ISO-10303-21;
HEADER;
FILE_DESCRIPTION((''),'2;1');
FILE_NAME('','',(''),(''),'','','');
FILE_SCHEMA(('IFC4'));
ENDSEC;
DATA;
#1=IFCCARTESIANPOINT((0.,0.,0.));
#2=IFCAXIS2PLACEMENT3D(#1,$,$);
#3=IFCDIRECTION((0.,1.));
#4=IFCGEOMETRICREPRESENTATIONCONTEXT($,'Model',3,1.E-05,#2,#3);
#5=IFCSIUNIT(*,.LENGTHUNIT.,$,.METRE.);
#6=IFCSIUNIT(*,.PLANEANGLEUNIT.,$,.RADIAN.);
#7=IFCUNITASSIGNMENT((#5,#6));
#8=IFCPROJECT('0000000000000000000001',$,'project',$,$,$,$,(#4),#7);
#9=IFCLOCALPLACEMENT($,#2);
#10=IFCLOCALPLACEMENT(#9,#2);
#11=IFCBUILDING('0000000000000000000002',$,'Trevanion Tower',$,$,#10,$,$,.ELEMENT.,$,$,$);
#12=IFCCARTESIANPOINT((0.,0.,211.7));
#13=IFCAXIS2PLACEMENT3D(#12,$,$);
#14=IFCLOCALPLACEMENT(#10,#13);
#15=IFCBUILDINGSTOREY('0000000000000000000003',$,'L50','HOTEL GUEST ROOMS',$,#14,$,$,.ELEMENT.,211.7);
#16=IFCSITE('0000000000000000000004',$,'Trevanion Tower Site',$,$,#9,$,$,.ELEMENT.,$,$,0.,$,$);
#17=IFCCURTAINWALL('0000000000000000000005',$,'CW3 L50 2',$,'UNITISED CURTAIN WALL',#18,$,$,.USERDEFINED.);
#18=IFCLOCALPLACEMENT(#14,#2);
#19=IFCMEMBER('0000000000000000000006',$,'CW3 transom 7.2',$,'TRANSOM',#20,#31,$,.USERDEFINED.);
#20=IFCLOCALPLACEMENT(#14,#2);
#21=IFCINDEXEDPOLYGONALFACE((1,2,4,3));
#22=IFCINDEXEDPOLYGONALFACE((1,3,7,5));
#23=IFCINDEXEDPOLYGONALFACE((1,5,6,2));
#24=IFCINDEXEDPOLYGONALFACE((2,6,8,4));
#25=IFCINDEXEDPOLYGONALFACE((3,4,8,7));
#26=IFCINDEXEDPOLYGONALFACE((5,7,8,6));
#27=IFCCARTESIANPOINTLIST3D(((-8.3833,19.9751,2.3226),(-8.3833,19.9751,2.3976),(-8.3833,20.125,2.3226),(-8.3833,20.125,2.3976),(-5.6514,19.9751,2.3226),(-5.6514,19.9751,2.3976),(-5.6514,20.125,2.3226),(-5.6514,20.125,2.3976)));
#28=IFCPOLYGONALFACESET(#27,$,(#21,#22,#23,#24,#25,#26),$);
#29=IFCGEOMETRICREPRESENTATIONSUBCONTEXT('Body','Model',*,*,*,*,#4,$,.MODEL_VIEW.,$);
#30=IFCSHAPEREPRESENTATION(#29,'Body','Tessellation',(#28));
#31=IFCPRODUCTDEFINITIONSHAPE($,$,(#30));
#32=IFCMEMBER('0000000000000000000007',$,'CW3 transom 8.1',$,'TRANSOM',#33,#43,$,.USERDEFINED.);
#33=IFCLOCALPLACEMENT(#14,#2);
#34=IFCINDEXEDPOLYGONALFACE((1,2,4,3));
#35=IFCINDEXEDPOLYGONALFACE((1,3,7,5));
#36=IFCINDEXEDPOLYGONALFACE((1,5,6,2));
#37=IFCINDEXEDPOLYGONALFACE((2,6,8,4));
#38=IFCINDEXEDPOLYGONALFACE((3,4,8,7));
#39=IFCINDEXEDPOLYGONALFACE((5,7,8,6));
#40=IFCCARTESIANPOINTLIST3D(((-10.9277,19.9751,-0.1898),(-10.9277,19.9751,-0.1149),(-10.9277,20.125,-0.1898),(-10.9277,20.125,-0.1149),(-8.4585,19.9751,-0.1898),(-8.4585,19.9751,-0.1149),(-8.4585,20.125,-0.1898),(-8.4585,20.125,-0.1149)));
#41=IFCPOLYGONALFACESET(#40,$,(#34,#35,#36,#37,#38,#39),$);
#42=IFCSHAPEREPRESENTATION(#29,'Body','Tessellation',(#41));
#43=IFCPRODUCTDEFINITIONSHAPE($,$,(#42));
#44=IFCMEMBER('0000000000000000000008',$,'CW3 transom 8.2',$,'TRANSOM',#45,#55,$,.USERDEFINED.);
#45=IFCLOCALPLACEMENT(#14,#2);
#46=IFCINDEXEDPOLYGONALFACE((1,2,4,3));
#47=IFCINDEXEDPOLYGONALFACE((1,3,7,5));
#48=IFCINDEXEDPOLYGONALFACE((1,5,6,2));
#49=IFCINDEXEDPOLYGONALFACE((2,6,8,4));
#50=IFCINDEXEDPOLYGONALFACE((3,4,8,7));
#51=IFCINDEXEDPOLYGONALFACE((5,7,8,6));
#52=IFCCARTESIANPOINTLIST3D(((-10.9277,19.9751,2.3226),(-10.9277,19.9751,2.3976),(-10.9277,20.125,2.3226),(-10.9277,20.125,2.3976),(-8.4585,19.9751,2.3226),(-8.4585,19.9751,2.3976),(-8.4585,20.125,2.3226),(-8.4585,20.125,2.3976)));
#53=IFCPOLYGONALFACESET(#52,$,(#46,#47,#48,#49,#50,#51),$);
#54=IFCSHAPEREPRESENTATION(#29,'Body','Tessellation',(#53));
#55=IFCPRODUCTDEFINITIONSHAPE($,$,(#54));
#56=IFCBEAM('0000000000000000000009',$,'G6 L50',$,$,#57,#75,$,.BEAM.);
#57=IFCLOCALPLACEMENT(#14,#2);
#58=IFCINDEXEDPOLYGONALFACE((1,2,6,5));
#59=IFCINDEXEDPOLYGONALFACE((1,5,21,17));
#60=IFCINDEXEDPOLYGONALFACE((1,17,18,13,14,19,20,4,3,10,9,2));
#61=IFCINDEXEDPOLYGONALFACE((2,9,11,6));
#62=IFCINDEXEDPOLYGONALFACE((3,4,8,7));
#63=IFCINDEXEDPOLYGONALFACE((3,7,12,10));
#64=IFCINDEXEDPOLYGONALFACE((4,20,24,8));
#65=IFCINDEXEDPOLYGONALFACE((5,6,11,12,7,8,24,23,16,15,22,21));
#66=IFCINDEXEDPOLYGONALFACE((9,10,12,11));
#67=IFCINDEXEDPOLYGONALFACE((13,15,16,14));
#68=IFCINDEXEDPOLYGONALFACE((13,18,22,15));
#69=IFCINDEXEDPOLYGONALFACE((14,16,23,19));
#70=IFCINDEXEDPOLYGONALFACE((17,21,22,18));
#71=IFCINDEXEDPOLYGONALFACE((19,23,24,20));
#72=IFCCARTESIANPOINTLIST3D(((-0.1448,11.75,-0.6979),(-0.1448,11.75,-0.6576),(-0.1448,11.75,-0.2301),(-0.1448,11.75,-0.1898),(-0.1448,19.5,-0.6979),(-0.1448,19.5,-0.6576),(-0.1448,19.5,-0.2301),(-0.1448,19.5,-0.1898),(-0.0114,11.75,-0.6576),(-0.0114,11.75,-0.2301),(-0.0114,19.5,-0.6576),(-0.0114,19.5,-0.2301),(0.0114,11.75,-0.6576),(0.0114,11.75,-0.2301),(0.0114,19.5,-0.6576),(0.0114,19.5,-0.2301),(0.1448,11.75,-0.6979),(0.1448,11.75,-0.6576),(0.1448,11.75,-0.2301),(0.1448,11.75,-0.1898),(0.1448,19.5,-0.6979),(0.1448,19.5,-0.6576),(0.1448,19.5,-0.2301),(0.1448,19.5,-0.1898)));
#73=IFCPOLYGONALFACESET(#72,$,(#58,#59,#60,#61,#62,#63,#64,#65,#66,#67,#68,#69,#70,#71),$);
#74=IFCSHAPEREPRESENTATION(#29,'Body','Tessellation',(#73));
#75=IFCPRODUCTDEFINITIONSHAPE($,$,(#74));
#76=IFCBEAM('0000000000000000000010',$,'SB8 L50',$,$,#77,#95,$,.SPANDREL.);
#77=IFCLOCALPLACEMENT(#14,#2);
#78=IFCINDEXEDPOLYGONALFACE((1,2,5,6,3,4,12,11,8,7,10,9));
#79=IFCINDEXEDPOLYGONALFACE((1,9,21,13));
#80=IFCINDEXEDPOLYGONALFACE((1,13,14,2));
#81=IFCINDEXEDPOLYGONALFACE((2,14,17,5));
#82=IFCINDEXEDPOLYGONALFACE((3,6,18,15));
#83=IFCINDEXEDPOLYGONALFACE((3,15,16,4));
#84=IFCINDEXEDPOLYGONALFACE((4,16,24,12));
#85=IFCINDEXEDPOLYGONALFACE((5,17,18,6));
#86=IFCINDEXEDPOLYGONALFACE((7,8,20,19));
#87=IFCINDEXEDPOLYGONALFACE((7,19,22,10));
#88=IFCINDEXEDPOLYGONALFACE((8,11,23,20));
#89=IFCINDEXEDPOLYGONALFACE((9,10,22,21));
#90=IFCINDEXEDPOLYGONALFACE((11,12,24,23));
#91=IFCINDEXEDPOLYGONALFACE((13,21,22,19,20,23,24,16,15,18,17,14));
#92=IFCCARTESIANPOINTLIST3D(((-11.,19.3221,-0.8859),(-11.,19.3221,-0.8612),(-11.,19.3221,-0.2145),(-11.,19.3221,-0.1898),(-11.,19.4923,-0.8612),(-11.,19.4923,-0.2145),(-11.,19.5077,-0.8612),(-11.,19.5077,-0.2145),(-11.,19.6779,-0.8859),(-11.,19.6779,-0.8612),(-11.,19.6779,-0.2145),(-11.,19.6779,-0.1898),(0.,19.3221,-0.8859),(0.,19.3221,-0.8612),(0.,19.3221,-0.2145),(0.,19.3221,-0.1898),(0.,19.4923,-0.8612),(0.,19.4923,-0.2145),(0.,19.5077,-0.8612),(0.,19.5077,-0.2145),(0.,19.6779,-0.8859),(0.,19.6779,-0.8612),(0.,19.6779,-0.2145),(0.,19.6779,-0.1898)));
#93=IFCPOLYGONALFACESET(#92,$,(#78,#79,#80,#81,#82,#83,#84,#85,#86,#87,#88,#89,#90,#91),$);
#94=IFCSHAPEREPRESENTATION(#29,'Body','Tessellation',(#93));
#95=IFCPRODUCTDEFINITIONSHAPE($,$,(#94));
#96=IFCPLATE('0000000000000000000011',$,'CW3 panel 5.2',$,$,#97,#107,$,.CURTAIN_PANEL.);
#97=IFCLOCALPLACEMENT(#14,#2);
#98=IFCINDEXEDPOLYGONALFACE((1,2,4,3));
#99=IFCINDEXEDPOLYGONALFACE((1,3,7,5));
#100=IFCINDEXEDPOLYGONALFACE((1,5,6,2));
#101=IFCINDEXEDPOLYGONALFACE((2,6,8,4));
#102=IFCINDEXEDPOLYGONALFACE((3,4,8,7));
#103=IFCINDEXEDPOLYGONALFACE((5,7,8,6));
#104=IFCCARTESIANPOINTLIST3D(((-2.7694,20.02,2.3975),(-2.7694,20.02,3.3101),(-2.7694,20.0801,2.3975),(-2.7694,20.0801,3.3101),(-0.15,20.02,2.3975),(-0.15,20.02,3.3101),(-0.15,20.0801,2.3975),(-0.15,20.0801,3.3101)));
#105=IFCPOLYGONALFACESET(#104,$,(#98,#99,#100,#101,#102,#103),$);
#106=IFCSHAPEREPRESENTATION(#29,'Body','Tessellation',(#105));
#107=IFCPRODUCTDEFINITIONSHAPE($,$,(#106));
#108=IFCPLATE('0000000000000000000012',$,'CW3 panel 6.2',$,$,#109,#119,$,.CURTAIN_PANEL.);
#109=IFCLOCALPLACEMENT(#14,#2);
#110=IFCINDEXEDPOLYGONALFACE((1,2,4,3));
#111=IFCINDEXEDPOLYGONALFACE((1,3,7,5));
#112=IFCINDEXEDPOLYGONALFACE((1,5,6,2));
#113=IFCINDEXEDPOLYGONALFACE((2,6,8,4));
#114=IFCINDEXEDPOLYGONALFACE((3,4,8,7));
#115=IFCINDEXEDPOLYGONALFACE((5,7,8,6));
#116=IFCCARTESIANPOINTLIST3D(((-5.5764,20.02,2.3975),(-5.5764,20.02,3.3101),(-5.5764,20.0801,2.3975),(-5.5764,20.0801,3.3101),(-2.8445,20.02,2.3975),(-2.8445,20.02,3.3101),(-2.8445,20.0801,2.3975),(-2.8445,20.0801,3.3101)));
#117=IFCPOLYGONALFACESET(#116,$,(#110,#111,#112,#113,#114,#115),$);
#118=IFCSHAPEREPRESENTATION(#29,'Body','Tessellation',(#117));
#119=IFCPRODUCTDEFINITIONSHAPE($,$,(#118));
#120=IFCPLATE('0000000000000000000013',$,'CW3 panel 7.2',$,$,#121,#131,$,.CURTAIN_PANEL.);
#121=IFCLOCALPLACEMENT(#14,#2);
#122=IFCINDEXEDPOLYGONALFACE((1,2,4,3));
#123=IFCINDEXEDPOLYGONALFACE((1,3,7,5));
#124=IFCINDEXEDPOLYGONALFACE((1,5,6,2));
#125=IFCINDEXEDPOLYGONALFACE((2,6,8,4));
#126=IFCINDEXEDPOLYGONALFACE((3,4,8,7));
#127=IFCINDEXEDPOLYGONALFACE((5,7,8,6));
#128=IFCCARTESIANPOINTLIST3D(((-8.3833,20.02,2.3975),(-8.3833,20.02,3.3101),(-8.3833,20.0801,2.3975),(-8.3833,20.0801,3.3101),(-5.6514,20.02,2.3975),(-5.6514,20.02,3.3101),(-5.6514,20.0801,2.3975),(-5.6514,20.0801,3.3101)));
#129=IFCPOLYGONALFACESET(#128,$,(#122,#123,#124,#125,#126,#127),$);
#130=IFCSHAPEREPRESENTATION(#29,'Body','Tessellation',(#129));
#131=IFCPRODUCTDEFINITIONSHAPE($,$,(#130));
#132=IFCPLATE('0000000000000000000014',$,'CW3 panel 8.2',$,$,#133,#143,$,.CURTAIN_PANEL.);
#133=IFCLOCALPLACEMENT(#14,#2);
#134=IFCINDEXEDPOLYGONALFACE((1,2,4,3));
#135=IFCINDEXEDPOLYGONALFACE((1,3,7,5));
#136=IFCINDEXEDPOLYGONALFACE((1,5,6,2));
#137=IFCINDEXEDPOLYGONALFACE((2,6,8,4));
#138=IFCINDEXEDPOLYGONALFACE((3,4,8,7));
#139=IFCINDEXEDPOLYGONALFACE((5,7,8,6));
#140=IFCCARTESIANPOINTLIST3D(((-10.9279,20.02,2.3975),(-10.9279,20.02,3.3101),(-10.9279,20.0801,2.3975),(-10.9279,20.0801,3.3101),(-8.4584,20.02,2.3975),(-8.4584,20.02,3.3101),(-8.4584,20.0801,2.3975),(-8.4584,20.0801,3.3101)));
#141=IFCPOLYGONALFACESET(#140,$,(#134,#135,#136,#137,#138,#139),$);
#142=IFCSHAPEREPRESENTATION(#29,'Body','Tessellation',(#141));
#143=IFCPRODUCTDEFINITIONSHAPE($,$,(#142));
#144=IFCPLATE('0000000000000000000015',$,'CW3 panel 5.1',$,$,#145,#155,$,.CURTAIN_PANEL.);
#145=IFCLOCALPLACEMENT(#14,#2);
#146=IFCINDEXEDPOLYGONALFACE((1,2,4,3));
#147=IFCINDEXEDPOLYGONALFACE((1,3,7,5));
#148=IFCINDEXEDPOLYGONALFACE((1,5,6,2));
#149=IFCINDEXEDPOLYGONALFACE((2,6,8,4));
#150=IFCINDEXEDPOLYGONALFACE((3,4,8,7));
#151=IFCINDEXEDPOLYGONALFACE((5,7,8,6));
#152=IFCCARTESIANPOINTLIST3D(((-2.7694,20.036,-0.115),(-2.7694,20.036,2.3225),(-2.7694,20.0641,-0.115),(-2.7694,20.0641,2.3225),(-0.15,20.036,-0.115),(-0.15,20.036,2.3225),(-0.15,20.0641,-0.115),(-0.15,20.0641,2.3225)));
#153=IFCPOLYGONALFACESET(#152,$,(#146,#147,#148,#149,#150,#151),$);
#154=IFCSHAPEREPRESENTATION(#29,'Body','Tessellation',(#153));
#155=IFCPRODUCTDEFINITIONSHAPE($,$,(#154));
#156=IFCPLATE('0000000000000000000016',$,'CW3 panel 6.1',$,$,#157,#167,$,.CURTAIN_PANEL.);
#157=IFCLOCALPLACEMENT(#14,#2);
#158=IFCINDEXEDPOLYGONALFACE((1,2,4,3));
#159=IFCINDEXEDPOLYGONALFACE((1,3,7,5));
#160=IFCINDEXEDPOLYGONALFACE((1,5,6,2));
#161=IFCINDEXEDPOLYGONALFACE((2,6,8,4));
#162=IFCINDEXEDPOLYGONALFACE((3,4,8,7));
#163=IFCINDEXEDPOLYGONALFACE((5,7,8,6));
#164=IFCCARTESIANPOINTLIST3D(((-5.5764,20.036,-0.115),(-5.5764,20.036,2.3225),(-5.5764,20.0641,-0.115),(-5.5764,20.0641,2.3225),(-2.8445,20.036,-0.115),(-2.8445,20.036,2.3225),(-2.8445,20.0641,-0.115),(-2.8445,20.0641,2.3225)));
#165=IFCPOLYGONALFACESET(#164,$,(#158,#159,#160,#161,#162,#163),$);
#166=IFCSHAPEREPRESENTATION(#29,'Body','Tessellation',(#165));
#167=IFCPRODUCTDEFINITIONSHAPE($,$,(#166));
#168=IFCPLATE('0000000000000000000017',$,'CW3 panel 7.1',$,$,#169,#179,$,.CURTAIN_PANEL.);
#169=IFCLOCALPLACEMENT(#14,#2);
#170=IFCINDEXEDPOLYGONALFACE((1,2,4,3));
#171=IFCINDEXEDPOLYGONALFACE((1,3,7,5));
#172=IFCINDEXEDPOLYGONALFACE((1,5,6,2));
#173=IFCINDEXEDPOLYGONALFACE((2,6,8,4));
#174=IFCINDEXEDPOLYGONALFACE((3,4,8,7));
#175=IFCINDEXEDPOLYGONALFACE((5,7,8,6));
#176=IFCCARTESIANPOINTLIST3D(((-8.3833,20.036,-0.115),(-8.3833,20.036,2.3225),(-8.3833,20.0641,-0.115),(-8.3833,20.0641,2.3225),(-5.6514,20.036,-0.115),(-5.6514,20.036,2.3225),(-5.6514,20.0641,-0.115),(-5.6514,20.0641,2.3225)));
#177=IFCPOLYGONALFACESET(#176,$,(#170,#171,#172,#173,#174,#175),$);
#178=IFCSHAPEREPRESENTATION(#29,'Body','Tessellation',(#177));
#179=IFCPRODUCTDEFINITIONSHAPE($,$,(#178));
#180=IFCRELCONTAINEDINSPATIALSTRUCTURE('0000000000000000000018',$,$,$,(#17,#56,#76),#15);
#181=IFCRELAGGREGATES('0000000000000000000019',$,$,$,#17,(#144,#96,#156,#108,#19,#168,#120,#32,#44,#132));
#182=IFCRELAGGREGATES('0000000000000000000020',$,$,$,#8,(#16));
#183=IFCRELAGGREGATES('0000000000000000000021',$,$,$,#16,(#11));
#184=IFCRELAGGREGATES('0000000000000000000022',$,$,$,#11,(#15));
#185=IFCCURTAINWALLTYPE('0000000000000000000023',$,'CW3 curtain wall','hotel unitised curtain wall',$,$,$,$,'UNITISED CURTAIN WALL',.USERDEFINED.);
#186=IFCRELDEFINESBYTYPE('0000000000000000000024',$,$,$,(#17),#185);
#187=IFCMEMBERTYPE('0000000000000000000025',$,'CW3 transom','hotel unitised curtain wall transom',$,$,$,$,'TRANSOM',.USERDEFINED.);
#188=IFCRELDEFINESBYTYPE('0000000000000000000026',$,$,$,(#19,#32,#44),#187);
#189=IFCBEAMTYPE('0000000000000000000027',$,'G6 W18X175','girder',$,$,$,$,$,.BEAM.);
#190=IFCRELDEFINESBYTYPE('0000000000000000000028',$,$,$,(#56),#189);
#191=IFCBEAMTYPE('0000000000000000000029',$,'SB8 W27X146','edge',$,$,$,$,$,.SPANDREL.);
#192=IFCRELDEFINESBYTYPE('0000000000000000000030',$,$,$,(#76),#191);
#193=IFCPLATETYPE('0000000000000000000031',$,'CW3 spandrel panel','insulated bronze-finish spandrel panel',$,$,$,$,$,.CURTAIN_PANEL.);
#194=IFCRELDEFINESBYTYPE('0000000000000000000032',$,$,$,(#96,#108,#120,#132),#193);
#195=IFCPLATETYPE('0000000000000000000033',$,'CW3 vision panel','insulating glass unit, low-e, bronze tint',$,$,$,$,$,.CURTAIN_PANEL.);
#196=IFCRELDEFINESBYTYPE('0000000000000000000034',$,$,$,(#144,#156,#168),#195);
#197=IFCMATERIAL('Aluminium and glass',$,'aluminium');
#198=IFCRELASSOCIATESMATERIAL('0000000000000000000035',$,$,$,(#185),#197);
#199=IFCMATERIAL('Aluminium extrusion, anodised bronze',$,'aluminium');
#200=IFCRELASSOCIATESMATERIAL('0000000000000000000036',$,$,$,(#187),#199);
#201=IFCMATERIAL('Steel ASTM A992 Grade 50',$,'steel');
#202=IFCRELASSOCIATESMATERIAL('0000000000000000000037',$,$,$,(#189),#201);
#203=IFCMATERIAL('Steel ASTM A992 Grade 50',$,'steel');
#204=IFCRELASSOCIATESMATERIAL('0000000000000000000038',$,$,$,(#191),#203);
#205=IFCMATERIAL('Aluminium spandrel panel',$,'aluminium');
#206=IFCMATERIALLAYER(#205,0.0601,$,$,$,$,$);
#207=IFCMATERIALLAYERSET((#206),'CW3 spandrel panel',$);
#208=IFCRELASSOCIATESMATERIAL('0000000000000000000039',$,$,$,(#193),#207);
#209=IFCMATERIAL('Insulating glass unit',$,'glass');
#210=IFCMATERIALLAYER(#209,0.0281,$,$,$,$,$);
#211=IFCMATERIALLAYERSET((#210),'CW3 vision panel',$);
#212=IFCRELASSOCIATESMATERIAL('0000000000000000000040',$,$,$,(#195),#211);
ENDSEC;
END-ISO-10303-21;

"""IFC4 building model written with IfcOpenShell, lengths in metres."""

from ifc_helpers import new_model, si_unit, direction, frame, origin, origin_2d, place, context, subcontext, project, spatial, rectangle, i_section, extrude, material, layer, layer_set, material_profile, profile_set, type_object, element, aggregate, save


model = new_model("IFC4")

# Units and contexts
model_context = context("Model", 3, precision=1e-05, world=origin(), true_north=direction((0.0, 1.0)))
body_context = subcontext(model_context, "Body", "Model", "MODEL_VIEW")
ifc_project = project(units=[si_unit("LENGTHUNIT", "METRE"), si_unit("PLANEANGLEUNIT", "RADIAN")], contexts=[model_context])

# Site, building, storey
site_placement = place(None, origin())
site = spatial("IfcSite", under=ifc_project, at=site_placement, Name="Trevanion Tower Site", CompositionType="ELEMENT", RefElevation=0.0)
building_placement = place(site_placement, origin())
building = spatial("IfcBuilding", under=site, at=building_placement, Name="Trevanion Tower", CompositionType="ELEMENT")
storey_placement = place(building_placement, frame((0.0, 0.0, 211.7)))
storey = spatial("IfcBuildingStorey", under=building, at=storey_placement, Name="L50", Description="HOTEL GUEST ROOMS", CompositionType="ELEMENT", Elevation=211.7)

# Curtain wall, members
ifc_material_1 = material(Name="Aluminium and glass", Category="aluminium")
curtain_wall_type = type_object("IfcCurtainWallType", Name="CW3 curtain wall", Description="hotel unitised curtain wall", ElementType="UNITISED CURTAIN WALL", PredefinedType="USERDEFINED", material=ifc_material_1)
curtain_wall_placement = place(storey_placement, origin())
curtain_wall = element("IfcCurtainWall", 1, at=curtain_wall_placement, inside=storey, type_object=curtain_wall_type, Name="CW3 L50 2", ObjectType="UNITISED CURTAIN WALL", PredefinedType="USERDEFINED")
ifc_material_2 = material(Name="Aluminium extrusion, anodised bronze", Category="aluminium")
ifc_material_profile_1 = material_profile(ifc_material_2, rectangle(XDim=0.1499, YDim=0.075, at=origin_2d()), Name="CW3 transom")
ifc_profile_set_1 = profile_set([ifc_material_profile_1], Name="Aluminium extrusion, anodised bronze")
member_type_1 = type_object("IfcMemberType", Name="CW3 transom", Description="hotel unitised curtain wall transom", ElementType="TRANSOM", PredefinedType="USERDEFINED", material=ifc_profile_set_1)
member_1_placement = place(storey_placement, frame((-5.6514, 20.05, 2.3601), z_axis=(-1.0, 0.0, 0.0), x_axis=(0.0, -1.0, 0.0)))
member_1 = element("IfcMember", 2, at=member_1_placement, type_object=member_type_1, Name="CW3 transom 7.2", ObjectType="TRANSOM", PredefinedType="USERDEFINED", context=body_context, shape_type="SweptSolid", body=[
    extrude(rectangle(XDim=0.1499, YDim=0.075, at=origin_2d()), origin(), (0.0, 0.0, 1.0), 2.7319),
])
member_2_placement = place(storey_placement, frame((-8.4585, 20.05, -0.1523), z_axis=(-1.0, 0.0, 0.0), x_axis=(0.0, -1.0, 0.0)))
member_2 = element("IfcMember", 3, at=member_2_placement, type_object=member_type_1, Name="CW3 transom 8.1", ObjectType="TRANSOM", PredefinedType="USERDEFINED", context=body_context, shape_type="SweptSolid", body=[
    extrude(rectangle(XDim=0.1499, YDim=0.075, at=origin_2d()), origin(), (0.0, 0.0, 1.0), 2.4692),
])
member_3_placement = place(storey_placement, frame((-8.4585, 20.05, 2.3601), z_axis=(-1.0, 0.0, 0.0), x_axis=(0.0, -1.0, 0.0)))
member_3 = element("IfcMember", 4, at=member_3_placement, type_object=member_type_1, Name="CW3 transom 8.2", ObjectType="TRANSOM", PredefinedType="USERDEFINED", context=body_context, shape_type="SweptSolid", body=[
    extrude(rectangle(XDim=0.1499, YDim=0.075, at=origin_2d()), origin(), (0.0, 0.0, 1.0), 2.4692),
])

# Beams
ifc_material_3 = material(Name="Steel ASTM A992 Grade 50", Category="steel")
ifc_material_profile_2 = material_profile(ifc_material_3, i_section(OverallWidth=0.2896, OverallDepth=0.5081, WebThickness=0.0227, FlangeThickness=0.0403, at=origin_2d()), Name="W18X175")
ifc_profile_set_2 = profile_set([ifc_material_profile_2], Name="Steel ASTM A992 Grade 50")
beam_type_1 = type_object("IfcBeamType", Name="G6 W18X175", Description="girder", PredefinedType="BEAM", material=ifc_profile_set_2)
beam_1_placement = place(storey_placement, frame((0.0, 11.75, -0.4438), z_axis=(0.0, 1.0, 0.0), x_axis=(-1.0, 0.0, 0.0)))
element("IfcBeam", 5, at=beam_1_placement, inside=storey, type_object=beam_type_1, Name="G6 L50", PredefinedType="BEAM", context=body_context, shape_type="SweptSolid", body=[
    extrude(i_section(OverallWidth=0.2896, OverallDepth=0.5081, WebThickness=0.0227, FlangeThickness=0.0403, at=origin_2d()), origin(), (0.0, 0.0, 1.0), 7.75),
])
ifc_material_4 = material(Name="Steel ASTM A992 Grade 50", Category="steel")
ifc_material_profile_3 = material_profile(ifc_material_4, i_section(OverallWidth=0.3557, OverallDepth=0.696, WebThickness=0.0154, FlangeThickness=0.0247, at=origin_2d()), Name="W27X146")
ifc_profile_set_3 = profile_set([ifc_material_profile_3], Name="Steel ASTM A992 Grade 50")
beam_type_2 = type_object("IfcBeamType", Name="SB8 W27X146", Description="edge", PredefinedType="SPANDREL", material=ifc_profile_set_3)
beam_2_placement = place(storey_placement, frame((0.0, 19.5, -0.5378), z_axis=(-1.0, 0.0, 0.0), x_axis=(0.0, -1.0, 0.0)))
element("IfcBeam", 6, at=beam_2_placement, inside=storey, type_object=beam_type_2, Name="SB8 L50", PredefinedType="SPANDREL", context=body_context, shape_type="SweptSolid", body=[
    extrude(i_section(OverallWidth=0.3557, OverallDepth=0.696, WebThickness=0.0154, FlangeThickness=0.0247, at=origin_2d()), origin(), (0.0, 0.0, 1.0), 11.0),
])

# Plates
ifc_material_5 = material(Name="Aluminium spandrel panel", Category="aluminium")
ifc_layer_1 = layer(ifc_material_5, 0.0601)
ifc_layer_set_1 = layer_set([ifc_layer_1], Name="CW3 spandrel panel")
plate_type_1 = type_object("IfcPlateType", Name="CW3 spandrel panel", Description="insulated bronze-finish spandrel panel", PredefinedType="CURTAIN_PANEL", material=ifc_layer_set_1)
plate_1_placement = place(storey_placement, frame((-1.4597, 20.05, 2.3975), z_axis=(0.0, 0.0, 1.0), x_axis=(-1.0, 0.0, 0.0)))
plate_1 = element("IfcPlate", 7, at=plate_1_placement, type_object=plate_type_1, Name="CW3 panel 5.2", PredefinedType="CURTAIN_PANEL", context=body_context, shape_type="SweptSolid", body=[
    extrude(rectangle(XDim=2.6194, YDim=0.0601, at=origin_2d()), origin(), (0.0, 0.0, 1.0), 0.9126),
])
plate_2_placement = place(storey_placement, frame((-4.2104, 20.05, 2.3975), z_axis=(0.0, 0.0, 1.0), x_axis=(-1.0, 0.0, 0.0)))
plate_2 = element("IfcPlate", 8, at=plate_2_placement, type_object=plate_type_1, Name="CW3 panel 6.2", PredefinedType="CURTAIN_PANEL", context=body_context, shape_type="SweptSolid", body=[
    extrude(rectangle(XDim=2.7319, YDim=0.0601, at=origin_2d()), origin(), (0.0, 0.0, 1.0), 0.9126),
])
plate_3_placement = place(storey_placement, frame((-7.0173, 20.05, 2.3975), z_axis=(0.0, 0.0, 1.0), x_axis=(-1.0, 0.0, 0.0)))
plate_3 = element("IfcPlate", 9, at=plate_3_placement, type_object=plate_type_1, Name="CW3 panel 7.2", PredefinedType="CURTAIN_PANEL", context=body_context, shape_type="SweptSolid", body=[
    extrude(rectangle(XDim=2.7319, YDim=0.0601, at=origin_2d()), origin(), (0.0, 0.0, 1.0), 0.9126),
])
plate_4_placement = place(storey_placement, frame((-9.6931, 20.05, 2.3975), z_axis=(0.0, 0.0, 1.0), x_axis=(-1.0, 0.0, 0.0)))
plate_4 = element("IfcPlate", 10, at=plate_4_placement, type_object=plate_type_1, Name="CW3 panel 8.2", PredefinedType="CURTAIN_PANEL", context=body_context, shape_type="SweptSolid", body=[
    extrude(rectangle(XDim=2.4695, YDim=0.0601, at=origin_2d()), origin(), (0.0, 0.0, 1.0), 0.9126),
])
ifc_material_6 = material(Name="Insulating glass unit", Category="glass")
ifc_layer_2 = layer(ifc_material_6, 0.0281)
ifc_layer_set_2 = layer_set([ifc_layer_2], Name="CW3 vision panel")
plate_type_2 = type_object("IfcPlateType", Name="CW3 vision panel", Description="insulating glass unit, low-e, bronze tint", PredefinedType="CURTAIN_PANEL", material=ifc_layer_set_2)
plate_5_placement = place(storey_placement, frame((-1.4597, 20.05, -0.115), z_axis=(0.0, 0.0, 1.0), x_axis=(-1.0, 0.0, 0.0)))
plate_5 = element("IfcPlate", 11, at=plate_5_placement, type_object=plate_type_2, Name="CW3 panel 5.1", PredefinedType="CURTAIN_PANEL", context=body_context, shape_type="SweptSolid", body=[
    extrude(rectangle(XDim=2.6194, YDim=0.0281, at=origin_2d()), origin(), (0.0, 0.0, 1.0), 2.4375),
])
plate_6_placement = place(storey_placement, frame((-4.2104, 20.05, -0.115), z_axis=(0.0, 0.0, 1.0), x_axis=(-1.0, 0.0, 0.0)))
plate_6 = element("IfcPlate", 12, at=plate_6_placement, type_object=plate_type_2, Name="CW3 panel 6.1", PredefinedType="CURTAIN_PANEL", context=body_context, shape_type="SweptSolid", body=[
    extrude(rectangle(XDim=2.7319, YDim=0.0281, at=origin_2d()), origin(), (0.0, 0.0, 1.0), 2.4375),
])
plate_7_placement = place(storey_placement, frame((-7.0173, 20.05, -0.115), z_axis=(0.0, 0.0, 1.0), x_axis=(-1.0, 0.0, 0.0)))
plate_7 = element("IfcPlate", 13, at=plate_7_placement, type_object=plate_type_2, Name="CW3 panel 7.1", PredefinedType="CURTAIN_PANEL", context=body_context, shape_type="SweptSolid", body=[
    extrude(rectangle(XDim=2.7319, YDim=0.0281, at=origin_2d()), origin(), (0.0, 0.0, 1.0), 2.4375),
])
aggregate(curtain_wall, [plate_5, plate_1, plate_6, plate_2, member_1, plate_7, plate_3, member_2, member_3, plate_4])

save(model, "model.ifc")
